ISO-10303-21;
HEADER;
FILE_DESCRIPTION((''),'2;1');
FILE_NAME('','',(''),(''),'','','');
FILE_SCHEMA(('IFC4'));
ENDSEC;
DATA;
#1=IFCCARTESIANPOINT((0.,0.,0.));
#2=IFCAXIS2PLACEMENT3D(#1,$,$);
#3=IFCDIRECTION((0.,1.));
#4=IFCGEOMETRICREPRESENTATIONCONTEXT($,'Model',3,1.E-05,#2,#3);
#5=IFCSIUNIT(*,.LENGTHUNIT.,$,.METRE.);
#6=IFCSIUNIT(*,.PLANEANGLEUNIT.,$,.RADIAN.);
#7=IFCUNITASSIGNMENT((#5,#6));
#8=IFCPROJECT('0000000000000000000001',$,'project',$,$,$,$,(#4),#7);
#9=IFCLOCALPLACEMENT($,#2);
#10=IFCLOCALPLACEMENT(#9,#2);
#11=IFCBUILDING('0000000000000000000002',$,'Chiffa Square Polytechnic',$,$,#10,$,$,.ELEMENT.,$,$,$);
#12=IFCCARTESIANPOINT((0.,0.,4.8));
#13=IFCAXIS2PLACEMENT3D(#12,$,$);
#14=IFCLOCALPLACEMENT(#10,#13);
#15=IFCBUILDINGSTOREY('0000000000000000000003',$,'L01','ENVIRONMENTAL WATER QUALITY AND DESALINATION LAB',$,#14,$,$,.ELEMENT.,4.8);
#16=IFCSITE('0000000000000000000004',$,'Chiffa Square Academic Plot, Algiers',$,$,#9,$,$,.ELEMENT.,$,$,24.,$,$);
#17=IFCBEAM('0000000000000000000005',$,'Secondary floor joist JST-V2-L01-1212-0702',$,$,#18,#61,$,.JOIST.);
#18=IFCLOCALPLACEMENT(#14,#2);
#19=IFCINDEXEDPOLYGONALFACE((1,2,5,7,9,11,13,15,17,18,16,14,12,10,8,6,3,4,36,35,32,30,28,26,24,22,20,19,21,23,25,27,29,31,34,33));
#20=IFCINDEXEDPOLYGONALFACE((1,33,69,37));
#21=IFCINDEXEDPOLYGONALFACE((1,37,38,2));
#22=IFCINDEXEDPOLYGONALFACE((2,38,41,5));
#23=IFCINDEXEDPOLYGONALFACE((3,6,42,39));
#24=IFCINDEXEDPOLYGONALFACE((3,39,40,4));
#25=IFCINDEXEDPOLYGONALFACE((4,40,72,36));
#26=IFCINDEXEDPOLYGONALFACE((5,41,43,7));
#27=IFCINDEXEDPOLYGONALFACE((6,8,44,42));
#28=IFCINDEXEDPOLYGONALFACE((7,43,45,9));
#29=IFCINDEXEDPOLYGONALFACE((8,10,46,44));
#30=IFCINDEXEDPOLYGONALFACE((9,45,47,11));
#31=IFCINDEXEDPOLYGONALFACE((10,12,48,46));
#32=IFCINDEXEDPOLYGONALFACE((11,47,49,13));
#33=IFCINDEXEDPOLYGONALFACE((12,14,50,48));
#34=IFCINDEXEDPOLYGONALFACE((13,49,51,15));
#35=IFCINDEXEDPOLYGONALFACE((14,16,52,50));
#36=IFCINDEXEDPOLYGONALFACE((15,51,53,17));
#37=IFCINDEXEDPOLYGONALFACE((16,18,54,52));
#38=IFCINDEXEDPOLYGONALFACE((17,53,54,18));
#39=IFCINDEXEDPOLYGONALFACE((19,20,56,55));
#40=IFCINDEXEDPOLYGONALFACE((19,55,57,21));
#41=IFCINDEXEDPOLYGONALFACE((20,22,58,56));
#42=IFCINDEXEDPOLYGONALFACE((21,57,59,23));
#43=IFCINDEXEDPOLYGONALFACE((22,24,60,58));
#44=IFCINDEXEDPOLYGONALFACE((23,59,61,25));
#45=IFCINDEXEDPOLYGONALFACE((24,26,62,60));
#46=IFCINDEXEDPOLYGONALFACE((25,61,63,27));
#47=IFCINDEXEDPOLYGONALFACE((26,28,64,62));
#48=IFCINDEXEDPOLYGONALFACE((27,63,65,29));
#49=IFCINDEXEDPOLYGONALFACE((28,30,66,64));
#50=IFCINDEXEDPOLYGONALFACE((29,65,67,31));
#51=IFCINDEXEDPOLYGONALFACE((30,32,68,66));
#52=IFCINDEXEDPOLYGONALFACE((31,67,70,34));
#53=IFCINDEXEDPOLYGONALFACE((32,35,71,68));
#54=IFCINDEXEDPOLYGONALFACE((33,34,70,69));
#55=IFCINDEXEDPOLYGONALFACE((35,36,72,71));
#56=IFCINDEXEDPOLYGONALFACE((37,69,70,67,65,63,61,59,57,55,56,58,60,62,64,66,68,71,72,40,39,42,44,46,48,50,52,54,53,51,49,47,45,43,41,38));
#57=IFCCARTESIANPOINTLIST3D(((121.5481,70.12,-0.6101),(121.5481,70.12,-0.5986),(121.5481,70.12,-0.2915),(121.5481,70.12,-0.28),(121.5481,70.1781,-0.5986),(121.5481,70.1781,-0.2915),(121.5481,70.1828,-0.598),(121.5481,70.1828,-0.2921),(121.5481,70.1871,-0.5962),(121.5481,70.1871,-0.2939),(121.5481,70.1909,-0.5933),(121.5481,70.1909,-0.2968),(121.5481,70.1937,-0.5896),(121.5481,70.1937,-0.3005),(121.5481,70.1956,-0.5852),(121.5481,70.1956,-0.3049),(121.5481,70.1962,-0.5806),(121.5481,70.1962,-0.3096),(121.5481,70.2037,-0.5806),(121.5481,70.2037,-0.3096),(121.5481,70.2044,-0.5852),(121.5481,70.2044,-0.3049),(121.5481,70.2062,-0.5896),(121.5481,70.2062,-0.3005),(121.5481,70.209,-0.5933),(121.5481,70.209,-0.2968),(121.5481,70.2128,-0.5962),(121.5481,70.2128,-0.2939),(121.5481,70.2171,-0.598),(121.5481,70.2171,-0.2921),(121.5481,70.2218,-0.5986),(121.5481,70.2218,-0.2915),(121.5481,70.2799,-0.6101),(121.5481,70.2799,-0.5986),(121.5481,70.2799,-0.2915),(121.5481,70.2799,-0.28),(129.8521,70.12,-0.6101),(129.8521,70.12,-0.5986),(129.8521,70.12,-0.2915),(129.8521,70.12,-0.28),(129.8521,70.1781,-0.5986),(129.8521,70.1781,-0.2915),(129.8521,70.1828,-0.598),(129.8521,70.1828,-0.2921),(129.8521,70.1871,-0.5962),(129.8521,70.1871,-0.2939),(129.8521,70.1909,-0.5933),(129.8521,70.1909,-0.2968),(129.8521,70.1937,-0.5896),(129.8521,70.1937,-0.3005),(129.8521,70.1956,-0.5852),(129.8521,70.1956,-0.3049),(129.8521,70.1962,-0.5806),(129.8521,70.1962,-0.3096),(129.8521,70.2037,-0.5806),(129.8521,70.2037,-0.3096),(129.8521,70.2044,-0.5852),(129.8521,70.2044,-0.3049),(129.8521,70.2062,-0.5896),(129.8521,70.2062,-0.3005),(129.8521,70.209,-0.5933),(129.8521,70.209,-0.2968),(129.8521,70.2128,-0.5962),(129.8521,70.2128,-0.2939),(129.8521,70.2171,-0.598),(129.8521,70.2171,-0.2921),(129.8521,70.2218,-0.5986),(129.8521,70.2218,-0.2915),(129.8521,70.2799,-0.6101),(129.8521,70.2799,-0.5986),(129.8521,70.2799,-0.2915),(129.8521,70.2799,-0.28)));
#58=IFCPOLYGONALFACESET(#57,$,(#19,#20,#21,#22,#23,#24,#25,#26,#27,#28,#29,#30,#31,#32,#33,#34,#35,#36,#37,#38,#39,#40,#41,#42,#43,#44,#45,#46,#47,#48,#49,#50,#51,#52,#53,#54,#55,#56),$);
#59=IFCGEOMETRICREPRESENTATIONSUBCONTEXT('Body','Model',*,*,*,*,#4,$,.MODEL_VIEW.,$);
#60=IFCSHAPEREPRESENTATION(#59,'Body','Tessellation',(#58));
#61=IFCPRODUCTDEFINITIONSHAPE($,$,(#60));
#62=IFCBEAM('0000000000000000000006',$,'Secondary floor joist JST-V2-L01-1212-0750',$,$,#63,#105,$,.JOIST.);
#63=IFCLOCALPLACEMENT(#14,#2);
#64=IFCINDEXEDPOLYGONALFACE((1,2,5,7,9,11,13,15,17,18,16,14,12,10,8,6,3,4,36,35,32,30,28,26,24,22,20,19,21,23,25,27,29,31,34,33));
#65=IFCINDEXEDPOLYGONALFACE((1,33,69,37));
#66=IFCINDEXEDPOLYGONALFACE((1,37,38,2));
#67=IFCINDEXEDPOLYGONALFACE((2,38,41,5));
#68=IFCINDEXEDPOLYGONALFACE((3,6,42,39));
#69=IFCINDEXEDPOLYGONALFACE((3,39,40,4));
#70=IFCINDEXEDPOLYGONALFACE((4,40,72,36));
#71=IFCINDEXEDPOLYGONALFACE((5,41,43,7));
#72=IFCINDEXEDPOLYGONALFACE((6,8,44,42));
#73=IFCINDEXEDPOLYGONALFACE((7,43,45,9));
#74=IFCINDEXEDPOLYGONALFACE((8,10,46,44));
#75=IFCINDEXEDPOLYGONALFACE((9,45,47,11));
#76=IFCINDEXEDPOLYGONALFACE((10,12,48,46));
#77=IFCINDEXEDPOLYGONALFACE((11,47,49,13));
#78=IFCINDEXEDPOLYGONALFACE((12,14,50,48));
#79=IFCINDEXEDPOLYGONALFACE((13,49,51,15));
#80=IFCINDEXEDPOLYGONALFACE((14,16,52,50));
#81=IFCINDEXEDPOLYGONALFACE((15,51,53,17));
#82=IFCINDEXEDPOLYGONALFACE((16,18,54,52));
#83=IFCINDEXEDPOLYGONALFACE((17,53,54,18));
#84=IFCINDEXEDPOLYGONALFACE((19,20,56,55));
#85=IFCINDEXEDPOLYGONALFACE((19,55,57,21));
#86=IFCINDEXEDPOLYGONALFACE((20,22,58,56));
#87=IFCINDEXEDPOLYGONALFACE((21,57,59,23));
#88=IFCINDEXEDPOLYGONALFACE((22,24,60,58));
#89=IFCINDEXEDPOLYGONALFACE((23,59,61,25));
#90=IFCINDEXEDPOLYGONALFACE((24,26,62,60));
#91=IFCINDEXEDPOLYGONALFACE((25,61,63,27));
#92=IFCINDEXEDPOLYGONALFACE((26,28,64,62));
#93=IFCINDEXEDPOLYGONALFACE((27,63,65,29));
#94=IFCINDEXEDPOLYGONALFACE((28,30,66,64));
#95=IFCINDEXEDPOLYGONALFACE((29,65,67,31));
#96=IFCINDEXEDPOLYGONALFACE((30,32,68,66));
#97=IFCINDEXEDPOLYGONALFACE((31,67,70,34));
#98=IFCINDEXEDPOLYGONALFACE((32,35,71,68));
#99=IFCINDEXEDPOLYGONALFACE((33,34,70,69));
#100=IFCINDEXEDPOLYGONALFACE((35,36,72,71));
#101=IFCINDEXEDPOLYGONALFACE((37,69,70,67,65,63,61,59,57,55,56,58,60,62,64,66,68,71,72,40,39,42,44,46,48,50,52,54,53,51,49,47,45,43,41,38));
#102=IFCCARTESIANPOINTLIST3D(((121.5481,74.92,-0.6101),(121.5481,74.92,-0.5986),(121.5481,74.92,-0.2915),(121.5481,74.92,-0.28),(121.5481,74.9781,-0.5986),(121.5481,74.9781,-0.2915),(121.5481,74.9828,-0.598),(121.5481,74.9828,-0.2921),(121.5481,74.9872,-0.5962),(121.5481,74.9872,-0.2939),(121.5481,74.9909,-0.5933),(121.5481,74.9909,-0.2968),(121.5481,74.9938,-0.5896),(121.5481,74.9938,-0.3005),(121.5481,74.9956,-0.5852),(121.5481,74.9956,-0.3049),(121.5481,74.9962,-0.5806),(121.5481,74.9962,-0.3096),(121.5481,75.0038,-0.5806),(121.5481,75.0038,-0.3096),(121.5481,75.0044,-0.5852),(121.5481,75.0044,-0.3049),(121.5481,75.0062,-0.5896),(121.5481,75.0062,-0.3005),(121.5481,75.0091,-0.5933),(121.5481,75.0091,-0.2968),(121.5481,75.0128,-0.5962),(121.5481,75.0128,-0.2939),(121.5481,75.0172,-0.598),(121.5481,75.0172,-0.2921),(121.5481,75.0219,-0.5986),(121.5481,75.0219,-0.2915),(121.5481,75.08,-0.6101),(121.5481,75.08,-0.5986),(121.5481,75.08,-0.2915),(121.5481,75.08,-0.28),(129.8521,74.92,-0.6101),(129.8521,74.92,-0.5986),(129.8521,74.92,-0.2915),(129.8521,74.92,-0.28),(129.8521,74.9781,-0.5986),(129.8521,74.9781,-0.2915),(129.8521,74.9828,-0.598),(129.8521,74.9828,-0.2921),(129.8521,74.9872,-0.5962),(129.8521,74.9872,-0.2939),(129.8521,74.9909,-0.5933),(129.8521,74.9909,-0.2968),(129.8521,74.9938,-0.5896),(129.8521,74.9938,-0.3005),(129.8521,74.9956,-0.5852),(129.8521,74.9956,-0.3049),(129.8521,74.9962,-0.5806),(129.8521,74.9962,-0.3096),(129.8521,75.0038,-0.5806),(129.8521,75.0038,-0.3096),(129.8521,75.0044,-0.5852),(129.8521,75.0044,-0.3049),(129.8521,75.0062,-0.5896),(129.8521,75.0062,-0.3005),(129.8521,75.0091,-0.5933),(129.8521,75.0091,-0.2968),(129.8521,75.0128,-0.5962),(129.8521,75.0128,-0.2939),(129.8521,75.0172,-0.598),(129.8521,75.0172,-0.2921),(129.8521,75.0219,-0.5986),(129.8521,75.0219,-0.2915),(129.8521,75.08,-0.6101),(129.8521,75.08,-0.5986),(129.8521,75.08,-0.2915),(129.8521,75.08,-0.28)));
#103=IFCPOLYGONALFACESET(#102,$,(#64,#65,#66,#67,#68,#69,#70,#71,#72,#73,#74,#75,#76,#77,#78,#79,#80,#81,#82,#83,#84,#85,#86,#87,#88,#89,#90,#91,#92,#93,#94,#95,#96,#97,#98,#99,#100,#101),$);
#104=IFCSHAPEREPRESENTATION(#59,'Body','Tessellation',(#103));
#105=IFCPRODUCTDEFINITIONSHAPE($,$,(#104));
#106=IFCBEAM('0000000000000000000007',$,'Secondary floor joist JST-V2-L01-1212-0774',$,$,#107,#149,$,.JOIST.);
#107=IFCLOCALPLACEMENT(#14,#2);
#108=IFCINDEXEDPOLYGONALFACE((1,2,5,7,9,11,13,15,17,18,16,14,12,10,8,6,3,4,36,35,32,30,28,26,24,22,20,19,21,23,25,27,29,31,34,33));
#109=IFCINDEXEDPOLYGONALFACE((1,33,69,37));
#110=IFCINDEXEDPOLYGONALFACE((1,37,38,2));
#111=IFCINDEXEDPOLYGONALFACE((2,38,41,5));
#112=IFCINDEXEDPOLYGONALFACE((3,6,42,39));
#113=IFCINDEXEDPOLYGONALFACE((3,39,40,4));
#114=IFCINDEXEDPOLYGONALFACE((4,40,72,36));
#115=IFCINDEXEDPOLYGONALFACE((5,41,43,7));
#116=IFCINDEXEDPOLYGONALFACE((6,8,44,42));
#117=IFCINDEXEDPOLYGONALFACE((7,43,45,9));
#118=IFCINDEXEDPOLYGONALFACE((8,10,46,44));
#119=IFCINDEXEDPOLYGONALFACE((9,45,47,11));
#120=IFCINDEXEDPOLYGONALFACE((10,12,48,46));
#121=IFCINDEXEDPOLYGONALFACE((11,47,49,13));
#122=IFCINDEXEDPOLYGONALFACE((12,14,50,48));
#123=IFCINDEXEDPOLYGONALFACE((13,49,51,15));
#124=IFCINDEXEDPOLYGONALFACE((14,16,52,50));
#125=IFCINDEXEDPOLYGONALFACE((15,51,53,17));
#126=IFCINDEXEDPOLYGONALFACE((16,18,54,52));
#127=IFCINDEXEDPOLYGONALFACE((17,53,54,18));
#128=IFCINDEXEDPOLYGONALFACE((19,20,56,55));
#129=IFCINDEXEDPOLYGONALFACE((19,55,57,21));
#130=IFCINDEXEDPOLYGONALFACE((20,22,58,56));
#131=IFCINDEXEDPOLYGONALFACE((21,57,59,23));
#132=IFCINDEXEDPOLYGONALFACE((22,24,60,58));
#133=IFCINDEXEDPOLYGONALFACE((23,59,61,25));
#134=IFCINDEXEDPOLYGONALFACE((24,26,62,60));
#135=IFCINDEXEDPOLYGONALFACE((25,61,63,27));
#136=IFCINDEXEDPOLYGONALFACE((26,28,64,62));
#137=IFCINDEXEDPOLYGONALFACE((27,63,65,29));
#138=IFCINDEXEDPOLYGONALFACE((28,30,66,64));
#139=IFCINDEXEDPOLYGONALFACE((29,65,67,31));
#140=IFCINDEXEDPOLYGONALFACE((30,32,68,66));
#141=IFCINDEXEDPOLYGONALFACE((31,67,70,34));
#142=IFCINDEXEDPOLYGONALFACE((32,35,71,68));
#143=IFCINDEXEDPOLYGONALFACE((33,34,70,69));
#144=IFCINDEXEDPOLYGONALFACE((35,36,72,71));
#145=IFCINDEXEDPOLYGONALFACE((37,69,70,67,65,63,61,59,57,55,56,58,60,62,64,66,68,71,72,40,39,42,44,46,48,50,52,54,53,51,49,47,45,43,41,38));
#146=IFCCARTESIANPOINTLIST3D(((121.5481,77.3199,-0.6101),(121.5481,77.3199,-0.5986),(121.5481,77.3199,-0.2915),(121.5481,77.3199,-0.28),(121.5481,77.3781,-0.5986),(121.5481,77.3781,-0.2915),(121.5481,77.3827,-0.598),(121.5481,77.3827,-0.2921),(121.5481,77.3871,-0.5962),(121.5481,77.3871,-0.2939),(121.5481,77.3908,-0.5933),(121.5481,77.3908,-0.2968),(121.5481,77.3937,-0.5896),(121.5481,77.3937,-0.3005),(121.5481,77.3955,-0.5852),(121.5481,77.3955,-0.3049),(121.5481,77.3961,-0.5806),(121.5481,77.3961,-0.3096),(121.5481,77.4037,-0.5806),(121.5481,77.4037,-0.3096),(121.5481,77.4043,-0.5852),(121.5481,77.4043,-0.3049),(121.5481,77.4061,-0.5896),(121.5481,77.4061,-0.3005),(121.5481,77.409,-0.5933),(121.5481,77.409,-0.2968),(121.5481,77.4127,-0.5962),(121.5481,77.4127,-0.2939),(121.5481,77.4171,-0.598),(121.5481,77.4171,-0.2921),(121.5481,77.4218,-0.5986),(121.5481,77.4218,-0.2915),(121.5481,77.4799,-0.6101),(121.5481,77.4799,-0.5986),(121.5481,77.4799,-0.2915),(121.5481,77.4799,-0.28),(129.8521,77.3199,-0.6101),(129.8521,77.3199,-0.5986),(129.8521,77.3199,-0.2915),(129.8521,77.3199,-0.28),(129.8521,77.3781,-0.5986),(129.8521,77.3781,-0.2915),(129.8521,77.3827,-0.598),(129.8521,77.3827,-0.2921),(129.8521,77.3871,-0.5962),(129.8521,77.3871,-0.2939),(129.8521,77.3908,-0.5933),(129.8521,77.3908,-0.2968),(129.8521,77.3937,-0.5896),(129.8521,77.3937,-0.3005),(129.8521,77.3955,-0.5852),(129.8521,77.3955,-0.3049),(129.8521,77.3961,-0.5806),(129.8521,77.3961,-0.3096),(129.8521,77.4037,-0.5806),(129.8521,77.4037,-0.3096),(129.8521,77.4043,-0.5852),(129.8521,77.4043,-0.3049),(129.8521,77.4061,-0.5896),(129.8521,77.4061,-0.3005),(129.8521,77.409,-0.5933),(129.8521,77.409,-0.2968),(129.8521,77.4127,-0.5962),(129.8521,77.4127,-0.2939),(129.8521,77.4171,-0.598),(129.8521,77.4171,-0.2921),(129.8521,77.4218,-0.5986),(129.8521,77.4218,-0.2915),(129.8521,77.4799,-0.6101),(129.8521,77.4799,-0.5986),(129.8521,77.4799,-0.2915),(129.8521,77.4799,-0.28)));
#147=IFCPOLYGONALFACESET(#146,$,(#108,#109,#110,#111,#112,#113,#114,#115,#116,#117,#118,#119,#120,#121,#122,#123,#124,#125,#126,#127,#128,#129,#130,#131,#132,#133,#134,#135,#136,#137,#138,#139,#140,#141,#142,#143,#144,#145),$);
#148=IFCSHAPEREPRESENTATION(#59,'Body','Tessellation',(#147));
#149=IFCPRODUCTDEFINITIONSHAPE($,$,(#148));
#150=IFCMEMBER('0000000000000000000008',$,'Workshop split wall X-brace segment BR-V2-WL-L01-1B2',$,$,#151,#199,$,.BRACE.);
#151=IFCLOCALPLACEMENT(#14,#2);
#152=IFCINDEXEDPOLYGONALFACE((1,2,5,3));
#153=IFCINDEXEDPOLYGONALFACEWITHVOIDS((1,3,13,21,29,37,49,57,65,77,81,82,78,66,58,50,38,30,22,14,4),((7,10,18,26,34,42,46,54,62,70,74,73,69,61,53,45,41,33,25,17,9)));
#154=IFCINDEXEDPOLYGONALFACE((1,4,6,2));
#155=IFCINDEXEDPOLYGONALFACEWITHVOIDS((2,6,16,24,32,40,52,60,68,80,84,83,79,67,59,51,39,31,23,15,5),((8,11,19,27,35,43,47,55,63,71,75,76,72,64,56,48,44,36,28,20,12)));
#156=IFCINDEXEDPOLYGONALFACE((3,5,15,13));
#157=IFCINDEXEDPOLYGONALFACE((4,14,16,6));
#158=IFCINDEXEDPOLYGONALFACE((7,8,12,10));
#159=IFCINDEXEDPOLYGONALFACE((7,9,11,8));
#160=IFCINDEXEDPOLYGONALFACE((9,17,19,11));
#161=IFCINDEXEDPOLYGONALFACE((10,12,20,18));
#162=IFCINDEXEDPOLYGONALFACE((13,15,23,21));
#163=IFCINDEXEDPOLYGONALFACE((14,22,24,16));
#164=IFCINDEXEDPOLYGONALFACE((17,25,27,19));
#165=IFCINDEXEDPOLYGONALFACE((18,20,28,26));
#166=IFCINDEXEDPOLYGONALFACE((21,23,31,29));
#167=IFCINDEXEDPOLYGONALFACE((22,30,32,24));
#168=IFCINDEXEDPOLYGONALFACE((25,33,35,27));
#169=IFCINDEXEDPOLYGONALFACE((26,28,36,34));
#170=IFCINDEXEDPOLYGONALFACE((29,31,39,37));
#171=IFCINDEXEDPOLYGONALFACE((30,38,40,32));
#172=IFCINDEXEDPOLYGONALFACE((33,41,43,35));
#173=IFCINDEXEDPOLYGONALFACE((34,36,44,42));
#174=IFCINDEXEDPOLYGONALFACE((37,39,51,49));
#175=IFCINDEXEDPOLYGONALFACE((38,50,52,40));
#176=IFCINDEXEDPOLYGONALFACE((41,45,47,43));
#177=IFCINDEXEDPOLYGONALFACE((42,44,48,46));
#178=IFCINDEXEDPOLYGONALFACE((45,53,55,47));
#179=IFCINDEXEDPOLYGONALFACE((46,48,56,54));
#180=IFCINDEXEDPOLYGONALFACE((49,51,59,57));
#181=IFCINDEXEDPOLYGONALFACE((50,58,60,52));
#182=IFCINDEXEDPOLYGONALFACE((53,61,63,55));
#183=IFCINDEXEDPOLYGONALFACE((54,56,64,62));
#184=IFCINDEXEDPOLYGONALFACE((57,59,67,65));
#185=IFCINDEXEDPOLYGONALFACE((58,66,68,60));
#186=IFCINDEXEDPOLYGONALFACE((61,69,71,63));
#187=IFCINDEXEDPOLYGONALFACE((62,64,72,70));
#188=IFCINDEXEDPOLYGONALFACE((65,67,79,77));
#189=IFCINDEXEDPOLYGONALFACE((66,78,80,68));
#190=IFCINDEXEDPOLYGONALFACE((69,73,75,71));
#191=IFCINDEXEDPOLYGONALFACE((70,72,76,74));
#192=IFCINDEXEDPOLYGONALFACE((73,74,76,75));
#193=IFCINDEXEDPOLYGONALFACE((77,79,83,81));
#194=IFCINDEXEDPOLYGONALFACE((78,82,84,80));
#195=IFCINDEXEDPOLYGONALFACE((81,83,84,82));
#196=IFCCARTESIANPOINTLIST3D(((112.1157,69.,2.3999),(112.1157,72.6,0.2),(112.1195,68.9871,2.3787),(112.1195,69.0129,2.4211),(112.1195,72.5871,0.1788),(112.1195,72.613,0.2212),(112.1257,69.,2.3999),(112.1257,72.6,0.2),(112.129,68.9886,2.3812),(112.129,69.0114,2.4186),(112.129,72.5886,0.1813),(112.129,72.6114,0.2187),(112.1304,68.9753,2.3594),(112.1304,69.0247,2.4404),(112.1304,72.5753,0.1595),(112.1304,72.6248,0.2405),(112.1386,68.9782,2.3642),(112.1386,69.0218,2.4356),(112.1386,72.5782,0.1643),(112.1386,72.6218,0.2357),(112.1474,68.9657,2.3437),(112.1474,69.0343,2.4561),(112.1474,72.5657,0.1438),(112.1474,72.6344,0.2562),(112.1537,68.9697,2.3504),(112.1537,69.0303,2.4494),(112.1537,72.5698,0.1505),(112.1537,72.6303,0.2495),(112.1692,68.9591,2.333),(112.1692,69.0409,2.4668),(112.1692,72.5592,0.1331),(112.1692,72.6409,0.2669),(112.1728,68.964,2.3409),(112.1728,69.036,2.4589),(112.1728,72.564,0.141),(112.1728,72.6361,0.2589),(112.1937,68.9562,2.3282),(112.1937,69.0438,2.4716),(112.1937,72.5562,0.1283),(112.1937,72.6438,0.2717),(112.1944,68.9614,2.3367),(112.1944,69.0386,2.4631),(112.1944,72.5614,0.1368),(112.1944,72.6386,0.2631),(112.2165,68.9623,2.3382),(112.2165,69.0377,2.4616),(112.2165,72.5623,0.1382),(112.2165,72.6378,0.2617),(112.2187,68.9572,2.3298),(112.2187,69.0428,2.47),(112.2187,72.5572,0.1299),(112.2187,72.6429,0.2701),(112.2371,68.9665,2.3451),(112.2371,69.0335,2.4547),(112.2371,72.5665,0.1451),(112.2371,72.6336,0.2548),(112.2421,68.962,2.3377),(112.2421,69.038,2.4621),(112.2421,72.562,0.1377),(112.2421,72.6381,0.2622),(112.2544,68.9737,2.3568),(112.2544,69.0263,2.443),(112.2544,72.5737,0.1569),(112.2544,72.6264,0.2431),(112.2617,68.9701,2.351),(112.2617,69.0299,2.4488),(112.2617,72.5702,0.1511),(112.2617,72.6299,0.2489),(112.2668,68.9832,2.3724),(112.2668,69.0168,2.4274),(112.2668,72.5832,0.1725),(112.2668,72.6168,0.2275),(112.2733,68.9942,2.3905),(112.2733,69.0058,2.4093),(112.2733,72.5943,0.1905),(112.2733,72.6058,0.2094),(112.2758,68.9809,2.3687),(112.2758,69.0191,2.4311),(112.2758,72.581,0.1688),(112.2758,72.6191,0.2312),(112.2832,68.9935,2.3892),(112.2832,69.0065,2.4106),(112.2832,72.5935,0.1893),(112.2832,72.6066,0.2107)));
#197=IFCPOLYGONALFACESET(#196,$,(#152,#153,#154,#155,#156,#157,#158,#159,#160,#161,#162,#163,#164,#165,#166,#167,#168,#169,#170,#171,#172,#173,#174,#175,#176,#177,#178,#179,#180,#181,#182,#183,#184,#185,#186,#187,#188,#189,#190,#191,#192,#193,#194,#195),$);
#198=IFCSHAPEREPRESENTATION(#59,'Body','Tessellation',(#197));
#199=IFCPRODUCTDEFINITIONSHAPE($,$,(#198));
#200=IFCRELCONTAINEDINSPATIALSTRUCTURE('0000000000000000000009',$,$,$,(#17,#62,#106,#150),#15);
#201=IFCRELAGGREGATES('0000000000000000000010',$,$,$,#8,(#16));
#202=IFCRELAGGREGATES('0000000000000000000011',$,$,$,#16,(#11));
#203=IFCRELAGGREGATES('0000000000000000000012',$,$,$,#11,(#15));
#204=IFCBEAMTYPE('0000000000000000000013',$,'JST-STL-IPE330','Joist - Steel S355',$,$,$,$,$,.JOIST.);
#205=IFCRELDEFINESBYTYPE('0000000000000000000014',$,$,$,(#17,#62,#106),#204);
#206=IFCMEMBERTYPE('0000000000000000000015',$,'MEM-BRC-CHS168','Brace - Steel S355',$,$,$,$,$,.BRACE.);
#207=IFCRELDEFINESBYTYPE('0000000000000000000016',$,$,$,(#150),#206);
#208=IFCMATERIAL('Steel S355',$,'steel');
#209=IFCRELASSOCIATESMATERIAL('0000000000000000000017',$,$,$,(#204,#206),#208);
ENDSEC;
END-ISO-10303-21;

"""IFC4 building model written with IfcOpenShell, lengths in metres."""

from ifc_helpers import new_model, si_unit, direction, frame, origin, origin_2d, place, context, subcontext, project, spatial, hollow_circle, i_section, extrude, material, material_profile, profile_set, type_object, element, save


model = new_model("IFC4")

# Units and contexts
model_context = context("Model", 3, precision=1e-05, world=origin(), true_north=direction((0.0, 1.0)))
body_context = subcontext(model_context, "Body", "Model", "MODEL_VIEW")
ifc_project = project(units=[si_unit("LENGTHUNIT", "METRE"), si_unit("PLANEANGLEUNIT", "RADIAN")], contexts=[model_context])

# Site, building, storey
site_placement = place(None, origin())
site = spatial("IfcSite", under=ifc_project, at=site_placement, Name="Chiffa Square Academic Plot, Algiers", CompositionType="ELEMENT", RefElevation=24.0)
building_placement = place(site_placement, origin())
building = spatial("IfcBuilding", under=site, at=building_placement, Name="Chiffa Square Polytechnic", CompositionType="ELEMENT")
storey_placement = place(building_placement, frame((0.0, 0.0, 4.8)))
storey = spatial("IfcBuildingStorey", under=building, at=storey_placement, Name="L01", Description="ENVIRONMENTAL WATER QUALITY AND DESALINATION LAB", CompositionType="ELEMENT", Elevation=4.8)

# Shared definitions
ifc_material_1 = material(Name="Steel S355", Category="steel")

# Beams
ifc_material_profile_1 = material_profile(ifc_material_1, i_section(OverallWidth=0.1599, OverallDepth=0.3301, WebThickness=0.0076, FlangeThickness=0.0115, FilletRadius=0.0181, at=origin_2d()), Name="IPE 330")
ifc_profile_set_1 = profile_set([ifc_material_profile_1], Name="Steel S355")
beam_type_1 = type_object("IfcBeamType", Name="JST-STL-IPE330", Description="Joist - Steel S355", PredefinedType="JOIST", material=ifc_profile_set_1)
for number, where, z_axis, x_axis, name in (
    (1, (121.5481, 70.2, -0.4451), (1.0, 0.0, 0.0), (0.0, 1.0, 0.0), "Secondary floor joist JST-V2-L01-1212-0702"),
    (2, (121.5481, 75.0, -0.4451), (1.0, 0.0, 0.0), (0.0, 1.0, 0.0), "Secondary floor joist JST-V2-L01-1212-0750"),
    (3, (121.5481, 77.3999, -0.4451), (1.0, 0.0, 0.0), (0.0, 1.0, 0.0), "Secondary floor joist JST-V2-L01-1212-0774"),
):
    element("IfcBeam", number, at=place(storey_placement, frame(where, z_axis=z_axis, x_axis=x_axis)), inside=storey, type_object=beam_type_1, Name=name, PredefinedType="JOIST", context=body_context, shape_type="SweptSolid", body=[
        extrude(i_section(OverallWidth=0.1599, OverallDepth=0.3301, WebThickness=0.0076, FlangeThickness=0.0115, FilletRadius=0.0181, at=origin_2d()), origin(), (0.0, 0.0, 1.0), 8.304),
    ])

# Member
ifc_material_profile_2 = material_profile(ifc_material_1, hollow_circle(Radius=0.0842, WallThickness=0.01, at=origin_2d()), Name="CHS 168.3x10")
ifc_profile_set_2 = profile_set([ifc_material_profile_2], Name="Steel S355")
member_type = type_object("IfcMemberType", Name="MEM-BRC-CHS168", Description="Brace - Steel S355", PredefinedType="BRACE", material=ifc_profile_set_2)
member_1_placement = place(storey_placement, frame((112.2, 69.0, 2.3999), z_axis=(0.0, 0.853293, -0.521431), x_axis=(-1.0, 0.0, 0.0)))
element("IfcMember", 4, at=member_1_placement, inside=storey, type_object=member_type, Name="Workshop split wall X-brace segment BR-V2-WL-L01-1B2", PredefinedType="BRACE", context=body_context, shape_type="SweptSolid", body=[
    extrude(hollow_circle(Radius=0.0842, WallThickness=0.01, at=origin_2d()), origin(), (0.0, 0.0, 1.0), 4.219),
])

save(model, "model.ifc")
